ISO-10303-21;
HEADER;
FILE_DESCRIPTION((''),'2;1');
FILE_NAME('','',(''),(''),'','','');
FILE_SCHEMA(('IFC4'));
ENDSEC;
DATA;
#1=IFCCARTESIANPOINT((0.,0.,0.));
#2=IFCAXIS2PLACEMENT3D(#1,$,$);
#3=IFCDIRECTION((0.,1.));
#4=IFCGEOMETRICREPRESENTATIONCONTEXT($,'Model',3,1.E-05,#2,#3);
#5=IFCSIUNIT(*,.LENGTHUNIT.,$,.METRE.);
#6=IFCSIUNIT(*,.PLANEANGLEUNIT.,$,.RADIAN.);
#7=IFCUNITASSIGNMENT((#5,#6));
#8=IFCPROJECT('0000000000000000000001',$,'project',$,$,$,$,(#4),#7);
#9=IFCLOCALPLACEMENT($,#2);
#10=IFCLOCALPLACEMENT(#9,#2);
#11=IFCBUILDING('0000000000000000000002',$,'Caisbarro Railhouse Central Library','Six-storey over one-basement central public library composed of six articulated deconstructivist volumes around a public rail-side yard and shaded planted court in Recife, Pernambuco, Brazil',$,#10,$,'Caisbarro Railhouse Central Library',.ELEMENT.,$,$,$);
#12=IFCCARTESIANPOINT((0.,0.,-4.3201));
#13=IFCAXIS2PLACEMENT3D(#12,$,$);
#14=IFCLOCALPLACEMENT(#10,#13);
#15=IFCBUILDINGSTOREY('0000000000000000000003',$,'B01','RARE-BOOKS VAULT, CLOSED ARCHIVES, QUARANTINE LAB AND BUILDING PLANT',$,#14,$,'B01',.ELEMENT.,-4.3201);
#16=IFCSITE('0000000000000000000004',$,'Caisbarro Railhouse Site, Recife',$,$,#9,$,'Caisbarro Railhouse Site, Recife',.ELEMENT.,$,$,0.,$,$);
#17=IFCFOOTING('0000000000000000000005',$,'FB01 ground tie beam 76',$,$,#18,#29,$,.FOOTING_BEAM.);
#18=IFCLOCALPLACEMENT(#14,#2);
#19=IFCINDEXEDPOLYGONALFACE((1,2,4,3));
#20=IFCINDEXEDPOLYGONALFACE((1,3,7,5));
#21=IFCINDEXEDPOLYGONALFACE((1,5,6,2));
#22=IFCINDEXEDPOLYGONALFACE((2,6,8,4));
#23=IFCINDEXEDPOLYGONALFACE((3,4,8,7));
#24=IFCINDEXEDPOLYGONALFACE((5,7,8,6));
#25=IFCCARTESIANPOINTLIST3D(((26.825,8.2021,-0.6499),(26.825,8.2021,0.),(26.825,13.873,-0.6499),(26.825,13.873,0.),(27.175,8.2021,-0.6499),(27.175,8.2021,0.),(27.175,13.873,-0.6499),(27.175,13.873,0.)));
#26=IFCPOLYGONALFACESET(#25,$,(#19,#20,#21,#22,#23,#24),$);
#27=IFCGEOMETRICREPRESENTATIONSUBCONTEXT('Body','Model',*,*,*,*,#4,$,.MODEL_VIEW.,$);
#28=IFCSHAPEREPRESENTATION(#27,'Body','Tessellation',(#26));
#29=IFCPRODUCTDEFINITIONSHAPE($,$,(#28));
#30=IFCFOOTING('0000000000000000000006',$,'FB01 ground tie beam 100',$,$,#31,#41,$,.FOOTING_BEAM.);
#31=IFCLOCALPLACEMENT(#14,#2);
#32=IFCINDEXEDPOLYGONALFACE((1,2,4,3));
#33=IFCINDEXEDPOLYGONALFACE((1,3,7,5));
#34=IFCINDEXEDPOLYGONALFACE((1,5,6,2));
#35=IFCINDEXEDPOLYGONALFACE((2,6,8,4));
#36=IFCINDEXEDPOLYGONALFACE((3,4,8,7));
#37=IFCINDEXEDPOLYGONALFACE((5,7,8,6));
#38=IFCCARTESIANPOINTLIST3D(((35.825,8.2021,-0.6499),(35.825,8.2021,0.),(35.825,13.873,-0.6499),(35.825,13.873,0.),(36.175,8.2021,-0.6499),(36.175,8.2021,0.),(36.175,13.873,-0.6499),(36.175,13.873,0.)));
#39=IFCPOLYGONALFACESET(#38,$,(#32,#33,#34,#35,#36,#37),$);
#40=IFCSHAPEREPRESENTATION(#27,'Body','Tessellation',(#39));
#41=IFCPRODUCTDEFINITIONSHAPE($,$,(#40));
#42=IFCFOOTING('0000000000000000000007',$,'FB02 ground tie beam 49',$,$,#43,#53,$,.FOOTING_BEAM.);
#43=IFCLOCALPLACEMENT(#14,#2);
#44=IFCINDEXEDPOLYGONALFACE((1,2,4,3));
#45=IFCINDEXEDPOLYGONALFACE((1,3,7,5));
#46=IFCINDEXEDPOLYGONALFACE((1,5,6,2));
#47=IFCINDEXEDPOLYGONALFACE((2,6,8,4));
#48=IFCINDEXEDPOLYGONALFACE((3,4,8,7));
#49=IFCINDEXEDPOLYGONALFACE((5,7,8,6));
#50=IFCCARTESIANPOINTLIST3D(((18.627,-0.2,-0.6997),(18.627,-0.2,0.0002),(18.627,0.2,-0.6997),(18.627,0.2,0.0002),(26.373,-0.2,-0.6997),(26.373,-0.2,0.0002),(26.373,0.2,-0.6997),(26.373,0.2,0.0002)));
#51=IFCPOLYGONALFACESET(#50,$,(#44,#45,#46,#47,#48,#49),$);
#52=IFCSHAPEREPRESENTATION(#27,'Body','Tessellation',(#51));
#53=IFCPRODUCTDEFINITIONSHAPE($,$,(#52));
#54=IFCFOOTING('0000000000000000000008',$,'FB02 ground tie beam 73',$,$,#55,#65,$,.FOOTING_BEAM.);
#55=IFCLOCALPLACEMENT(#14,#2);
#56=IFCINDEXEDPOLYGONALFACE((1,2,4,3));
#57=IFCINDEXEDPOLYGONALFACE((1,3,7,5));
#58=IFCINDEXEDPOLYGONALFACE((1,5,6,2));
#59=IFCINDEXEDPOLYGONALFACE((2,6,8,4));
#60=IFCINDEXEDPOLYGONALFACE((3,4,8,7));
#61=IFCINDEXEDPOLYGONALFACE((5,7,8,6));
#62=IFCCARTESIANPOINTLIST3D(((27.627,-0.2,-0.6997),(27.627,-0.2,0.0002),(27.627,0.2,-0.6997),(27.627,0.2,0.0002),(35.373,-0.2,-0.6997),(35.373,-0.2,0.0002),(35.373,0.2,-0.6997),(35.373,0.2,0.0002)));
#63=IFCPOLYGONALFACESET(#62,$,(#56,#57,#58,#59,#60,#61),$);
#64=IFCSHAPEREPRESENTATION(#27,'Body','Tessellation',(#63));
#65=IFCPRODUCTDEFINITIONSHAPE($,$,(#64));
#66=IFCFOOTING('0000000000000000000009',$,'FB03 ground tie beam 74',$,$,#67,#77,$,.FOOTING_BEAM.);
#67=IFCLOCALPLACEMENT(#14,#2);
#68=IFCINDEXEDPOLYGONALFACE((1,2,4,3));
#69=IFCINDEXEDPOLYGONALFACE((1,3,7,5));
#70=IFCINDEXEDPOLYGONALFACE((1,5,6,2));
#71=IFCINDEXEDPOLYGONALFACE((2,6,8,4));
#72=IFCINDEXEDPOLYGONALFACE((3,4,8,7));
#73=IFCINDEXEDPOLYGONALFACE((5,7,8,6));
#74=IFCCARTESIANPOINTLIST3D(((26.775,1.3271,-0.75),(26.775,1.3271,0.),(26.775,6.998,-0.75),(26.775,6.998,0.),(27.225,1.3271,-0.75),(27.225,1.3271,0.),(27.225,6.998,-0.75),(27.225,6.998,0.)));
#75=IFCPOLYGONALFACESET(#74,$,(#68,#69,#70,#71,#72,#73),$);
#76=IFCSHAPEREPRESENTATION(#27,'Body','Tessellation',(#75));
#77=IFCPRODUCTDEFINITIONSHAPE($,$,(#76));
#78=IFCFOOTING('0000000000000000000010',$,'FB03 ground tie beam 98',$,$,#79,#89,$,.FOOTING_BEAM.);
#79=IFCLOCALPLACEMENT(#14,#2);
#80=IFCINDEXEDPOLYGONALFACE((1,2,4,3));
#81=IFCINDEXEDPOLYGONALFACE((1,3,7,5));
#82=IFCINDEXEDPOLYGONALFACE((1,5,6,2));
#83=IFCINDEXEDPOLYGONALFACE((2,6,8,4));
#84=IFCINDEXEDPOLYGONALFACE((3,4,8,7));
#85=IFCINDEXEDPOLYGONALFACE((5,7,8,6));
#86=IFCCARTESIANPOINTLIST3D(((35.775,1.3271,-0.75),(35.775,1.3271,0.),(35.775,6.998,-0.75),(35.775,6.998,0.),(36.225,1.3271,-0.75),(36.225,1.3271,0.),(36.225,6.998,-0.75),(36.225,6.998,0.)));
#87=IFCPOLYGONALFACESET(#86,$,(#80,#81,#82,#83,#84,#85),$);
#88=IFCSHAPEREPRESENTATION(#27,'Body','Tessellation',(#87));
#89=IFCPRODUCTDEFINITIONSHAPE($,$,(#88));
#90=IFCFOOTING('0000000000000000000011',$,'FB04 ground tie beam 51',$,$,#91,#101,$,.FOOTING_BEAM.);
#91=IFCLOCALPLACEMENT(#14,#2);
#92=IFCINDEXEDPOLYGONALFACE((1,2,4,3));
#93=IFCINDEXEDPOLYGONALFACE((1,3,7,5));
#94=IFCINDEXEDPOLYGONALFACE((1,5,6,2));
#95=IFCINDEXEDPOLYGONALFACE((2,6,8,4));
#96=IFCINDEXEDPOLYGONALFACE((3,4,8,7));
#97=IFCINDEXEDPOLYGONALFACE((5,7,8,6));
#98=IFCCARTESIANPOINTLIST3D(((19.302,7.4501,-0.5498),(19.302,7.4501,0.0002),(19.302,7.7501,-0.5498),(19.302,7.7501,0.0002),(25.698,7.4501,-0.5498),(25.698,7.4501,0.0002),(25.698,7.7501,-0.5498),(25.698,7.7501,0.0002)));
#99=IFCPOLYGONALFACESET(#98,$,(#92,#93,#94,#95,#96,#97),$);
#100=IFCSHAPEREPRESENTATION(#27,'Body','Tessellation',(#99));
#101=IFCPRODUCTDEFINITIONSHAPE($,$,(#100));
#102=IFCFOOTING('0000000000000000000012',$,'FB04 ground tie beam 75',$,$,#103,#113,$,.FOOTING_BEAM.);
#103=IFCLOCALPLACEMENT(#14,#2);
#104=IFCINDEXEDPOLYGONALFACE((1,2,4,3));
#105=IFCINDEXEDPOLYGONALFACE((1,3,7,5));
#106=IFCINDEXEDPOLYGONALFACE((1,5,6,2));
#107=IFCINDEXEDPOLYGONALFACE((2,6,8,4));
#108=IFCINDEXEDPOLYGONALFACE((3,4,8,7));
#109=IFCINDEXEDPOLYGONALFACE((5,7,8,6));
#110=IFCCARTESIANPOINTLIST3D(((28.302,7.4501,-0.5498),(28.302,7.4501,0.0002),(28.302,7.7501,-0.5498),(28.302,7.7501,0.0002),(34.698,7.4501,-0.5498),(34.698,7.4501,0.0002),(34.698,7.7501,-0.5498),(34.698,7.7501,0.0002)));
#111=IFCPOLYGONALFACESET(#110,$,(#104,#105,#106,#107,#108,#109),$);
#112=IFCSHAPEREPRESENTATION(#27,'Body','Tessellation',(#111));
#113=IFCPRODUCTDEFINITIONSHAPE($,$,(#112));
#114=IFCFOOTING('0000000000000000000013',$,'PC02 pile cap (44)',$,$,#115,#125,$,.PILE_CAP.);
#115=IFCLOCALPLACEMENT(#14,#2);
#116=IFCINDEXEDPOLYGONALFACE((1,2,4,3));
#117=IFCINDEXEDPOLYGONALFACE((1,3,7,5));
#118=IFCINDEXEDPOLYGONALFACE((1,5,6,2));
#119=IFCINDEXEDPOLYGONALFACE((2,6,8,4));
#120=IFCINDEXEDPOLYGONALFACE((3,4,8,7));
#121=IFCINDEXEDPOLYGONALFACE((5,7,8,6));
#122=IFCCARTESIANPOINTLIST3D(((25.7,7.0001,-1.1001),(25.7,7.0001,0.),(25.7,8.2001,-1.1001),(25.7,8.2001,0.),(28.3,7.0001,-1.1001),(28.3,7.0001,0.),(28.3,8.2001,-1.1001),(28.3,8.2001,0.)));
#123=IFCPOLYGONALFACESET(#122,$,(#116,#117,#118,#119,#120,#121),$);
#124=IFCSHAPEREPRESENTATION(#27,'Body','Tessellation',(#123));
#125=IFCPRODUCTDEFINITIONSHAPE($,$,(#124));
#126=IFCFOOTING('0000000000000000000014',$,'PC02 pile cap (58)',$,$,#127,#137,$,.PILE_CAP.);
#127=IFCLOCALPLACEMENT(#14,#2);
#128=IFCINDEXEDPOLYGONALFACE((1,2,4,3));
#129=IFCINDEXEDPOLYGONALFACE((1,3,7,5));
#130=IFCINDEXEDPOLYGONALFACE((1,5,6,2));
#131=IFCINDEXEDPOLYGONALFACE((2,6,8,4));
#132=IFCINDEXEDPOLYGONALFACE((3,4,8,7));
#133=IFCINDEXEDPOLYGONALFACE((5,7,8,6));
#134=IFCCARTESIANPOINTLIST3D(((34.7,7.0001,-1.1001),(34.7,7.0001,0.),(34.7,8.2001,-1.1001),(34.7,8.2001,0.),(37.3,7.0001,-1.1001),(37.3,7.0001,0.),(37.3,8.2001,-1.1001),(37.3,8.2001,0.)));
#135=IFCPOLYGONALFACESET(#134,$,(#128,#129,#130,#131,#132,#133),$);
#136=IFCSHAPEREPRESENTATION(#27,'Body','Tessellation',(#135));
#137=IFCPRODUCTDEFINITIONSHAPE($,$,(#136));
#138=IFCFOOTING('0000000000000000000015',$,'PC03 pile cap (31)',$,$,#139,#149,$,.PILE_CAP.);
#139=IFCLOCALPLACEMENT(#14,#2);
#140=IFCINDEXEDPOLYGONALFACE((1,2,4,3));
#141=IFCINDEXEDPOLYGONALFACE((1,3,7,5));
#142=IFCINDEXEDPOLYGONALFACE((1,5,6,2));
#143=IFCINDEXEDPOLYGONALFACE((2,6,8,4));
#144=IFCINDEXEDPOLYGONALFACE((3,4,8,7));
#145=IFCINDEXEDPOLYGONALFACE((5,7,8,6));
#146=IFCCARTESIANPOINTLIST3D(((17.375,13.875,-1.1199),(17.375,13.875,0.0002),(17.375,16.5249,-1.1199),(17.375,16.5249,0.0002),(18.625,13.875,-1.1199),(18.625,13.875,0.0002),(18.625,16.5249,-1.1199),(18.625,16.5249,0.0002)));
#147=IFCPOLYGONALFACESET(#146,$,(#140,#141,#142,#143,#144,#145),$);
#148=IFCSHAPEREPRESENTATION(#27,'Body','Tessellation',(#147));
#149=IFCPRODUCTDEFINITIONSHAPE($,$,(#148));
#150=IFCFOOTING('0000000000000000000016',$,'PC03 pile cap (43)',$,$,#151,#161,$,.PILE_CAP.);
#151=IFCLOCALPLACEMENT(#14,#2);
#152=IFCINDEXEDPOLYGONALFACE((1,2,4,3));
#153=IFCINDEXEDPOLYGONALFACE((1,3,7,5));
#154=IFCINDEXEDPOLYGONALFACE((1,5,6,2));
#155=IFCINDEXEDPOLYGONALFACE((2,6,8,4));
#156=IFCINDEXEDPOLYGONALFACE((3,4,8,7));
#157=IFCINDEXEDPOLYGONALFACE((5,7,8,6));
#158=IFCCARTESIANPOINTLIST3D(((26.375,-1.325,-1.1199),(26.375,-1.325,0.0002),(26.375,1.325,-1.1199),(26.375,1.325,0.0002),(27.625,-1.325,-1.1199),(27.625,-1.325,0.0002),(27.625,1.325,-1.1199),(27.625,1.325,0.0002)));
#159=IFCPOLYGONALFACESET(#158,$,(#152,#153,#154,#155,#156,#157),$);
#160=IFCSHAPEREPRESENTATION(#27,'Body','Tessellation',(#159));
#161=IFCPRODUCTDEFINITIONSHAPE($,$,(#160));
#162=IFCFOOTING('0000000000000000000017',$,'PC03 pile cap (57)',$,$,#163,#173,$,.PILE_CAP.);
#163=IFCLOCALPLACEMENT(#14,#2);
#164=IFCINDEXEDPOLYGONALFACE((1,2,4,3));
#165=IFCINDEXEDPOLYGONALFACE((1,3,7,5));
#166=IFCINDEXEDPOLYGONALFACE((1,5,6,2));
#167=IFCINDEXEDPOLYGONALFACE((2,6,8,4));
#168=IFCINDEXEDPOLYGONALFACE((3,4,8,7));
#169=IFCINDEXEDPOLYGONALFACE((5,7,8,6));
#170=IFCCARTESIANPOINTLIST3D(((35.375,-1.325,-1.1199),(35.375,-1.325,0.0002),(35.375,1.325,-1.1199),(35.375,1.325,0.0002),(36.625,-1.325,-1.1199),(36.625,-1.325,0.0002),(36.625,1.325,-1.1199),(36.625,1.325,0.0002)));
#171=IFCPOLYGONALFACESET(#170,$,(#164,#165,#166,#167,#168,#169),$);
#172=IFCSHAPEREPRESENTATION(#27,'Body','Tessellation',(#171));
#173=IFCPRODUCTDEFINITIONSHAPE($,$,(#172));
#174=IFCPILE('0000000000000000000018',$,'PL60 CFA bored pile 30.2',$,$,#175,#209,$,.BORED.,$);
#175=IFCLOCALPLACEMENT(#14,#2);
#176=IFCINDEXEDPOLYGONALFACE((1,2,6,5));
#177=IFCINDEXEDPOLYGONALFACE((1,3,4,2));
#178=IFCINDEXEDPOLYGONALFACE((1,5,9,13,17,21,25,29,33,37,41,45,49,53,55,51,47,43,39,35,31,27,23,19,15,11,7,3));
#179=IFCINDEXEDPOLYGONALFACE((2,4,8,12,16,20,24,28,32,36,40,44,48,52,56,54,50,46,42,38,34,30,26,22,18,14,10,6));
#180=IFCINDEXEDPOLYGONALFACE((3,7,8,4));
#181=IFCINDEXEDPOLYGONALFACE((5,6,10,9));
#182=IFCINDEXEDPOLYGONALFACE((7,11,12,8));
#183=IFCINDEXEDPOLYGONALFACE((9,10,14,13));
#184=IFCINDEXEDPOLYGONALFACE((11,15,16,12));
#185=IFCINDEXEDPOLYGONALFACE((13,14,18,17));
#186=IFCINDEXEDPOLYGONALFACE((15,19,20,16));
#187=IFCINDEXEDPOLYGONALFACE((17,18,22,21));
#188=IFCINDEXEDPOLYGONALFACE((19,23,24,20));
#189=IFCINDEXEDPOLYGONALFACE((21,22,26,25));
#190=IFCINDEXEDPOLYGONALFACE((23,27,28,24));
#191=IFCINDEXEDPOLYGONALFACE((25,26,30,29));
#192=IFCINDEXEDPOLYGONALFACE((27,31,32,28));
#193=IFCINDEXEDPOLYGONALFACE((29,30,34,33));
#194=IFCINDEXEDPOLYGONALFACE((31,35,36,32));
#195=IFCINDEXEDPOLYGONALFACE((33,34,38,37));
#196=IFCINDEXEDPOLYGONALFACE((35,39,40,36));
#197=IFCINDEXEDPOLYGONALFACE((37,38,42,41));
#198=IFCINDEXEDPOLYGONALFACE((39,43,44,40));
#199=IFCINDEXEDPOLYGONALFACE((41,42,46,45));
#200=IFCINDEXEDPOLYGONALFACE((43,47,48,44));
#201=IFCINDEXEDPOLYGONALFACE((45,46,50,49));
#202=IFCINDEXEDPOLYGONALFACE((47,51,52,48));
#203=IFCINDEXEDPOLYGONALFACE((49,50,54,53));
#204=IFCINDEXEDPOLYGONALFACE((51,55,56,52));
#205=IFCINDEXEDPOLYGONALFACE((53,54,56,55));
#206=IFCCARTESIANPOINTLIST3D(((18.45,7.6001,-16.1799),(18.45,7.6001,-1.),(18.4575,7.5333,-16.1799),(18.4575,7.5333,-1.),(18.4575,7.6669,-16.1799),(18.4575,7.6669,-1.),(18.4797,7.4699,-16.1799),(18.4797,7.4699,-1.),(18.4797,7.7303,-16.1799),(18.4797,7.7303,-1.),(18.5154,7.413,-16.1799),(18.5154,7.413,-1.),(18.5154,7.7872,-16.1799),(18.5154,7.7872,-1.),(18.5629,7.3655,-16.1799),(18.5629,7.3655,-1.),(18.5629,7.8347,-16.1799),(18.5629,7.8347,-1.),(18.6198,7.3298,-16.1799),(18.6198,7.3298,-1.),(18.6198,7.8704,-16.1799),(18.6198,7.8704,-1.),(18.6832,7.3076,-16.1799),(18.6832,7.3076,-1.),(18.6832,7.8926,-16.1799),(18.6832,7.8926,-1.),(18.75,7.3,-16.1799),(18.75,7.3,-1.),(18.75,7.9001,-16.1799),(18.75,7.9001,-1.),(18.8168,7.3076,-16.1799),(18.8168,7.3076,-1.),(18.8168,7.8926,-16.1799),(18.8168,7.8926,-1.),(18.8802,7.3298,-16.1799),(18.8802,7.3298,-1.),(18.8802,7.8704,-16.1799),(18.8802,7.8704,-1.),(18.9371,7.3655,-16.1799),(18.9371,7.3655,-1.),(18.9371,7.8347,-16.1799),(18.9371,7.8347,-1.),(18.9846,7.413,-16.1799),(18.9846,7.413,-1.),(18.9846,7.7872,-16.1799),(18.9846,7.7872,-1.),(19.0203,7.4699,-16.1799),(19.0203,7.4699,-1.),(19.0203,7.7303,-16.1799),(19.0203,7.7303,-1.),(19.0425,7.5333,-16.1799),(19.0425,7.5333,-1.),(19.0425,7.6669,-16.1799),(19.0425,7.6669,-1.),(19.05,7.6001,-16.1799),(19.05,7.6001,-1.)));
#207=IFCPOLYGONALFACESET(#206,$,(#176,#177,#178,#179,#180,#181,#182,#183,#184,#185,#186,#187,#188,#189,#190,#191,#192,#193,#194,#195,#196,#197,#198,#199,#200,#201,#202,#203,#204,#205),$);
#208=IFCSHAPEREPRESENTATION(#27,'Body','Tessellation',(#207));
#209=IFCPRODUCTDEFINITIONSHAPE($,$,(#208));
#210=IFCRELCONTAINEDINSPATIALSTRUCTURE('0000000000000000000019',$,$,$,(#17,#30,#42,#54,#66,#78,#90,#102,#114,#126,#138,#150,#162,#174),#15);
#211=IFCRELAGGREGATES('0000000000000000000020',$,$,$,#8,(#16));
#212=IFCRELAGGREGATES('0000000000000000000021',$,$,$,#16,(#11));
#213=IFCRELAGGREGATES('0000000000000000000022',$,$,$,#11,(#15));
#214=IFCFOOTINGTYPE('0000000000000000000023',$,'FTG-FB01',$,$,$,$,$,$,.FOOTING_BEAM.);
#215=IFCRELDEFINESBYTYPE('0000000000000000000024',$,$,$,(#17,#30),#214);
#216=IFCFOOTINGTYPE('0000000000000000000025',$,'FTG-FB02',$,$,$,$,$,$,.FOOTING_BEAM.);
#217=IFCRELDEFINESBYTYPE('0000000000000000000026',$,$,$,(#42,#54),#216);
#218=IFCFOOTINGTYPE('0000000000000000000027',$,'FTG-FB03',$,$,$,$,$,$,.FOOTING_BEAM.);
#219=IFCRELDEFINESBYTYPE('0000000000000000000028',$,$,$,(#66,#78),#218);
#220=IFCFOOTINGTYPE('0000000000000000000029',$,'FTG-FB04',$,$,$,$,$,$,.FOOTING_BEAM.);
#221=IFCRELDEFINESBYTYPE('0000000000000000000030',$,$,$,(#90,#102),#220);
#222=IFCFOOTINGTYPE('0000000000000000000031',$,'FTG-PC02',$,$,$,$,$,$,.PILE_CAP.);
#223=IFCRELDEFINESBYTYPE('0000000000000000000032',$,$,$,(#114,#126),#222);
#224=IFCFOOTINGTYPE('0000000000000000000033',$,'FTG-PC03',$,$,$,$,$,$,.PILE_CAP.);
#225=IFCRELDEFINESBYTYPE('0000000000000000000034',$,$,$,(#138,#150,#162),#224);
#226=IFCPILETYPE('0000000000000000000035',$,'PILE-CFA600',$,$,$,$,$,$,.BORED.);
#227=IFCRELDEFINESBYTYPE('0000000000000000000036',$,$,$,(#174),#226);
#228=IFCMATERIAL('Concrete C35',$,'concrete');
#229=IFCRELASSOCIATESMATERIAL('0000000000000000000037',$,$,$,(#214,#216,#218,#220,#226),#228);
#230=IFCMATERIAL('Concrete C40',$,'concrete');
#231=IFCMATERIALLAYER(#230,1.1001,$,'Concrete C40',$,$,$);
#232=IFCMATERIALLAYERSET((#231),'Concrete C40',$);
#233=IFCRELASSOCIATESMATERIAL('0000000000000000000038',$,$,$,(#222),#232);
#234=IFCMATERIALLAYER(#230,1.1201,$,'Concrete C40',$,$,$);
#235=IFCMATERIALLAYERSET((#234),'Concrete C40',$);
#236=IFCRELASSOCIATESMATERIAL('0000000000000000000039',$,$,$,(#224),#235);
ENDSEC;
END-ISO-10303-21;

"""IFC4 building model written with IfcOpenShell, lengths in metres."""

from ifc_helpers import new_model, si_unit, direction, frame, origin, origin_2d, place, context, subcontext, project, spatial, rectangle, circle, extrude, material, layer, layer_set, material_profile, profile_set, type_object, element, save


model = new_model("IFC4")

# Units and contexts
model_context = context("Model", 3, precision=1e-05, world=origin(), true_north=direction((0.0, 1.0)))
body_context = subcontext(model_context, "Body", "Model", "MODEL_VIEW")
ifc_project = project(units=[si_unit("LENGTHUNIT", "METRE"), si_unit("PLANEANGLEUNIT", "RADIAN")], contexts=[model_context])

# Site, building, storey
site_placement = place(None, origin())
site = spatial("IfcSite", under=ifc_project, at=site_placement, Name="Caisbarro Railhouse Site, Recife", LongName="Caisbarro Railhouse Site, Recife", CompositionType="ELEMENT", RefElevation=0.0)
building_placement = place(site_placement, origin())
building = spatial("IfcBuilding", under=site, at=building_placement, Name="Caisbarro Railhouse Central Library", Description="Six-storey over one-basement central public library composed of six articulated deconstructivist volumes around a public rail-side yard and shaded planted court in Recife, Pernambuco, Brazil", LongName="Caisbarro Railhouse Central Library", CompositionType="ELEMENT")
storey_placement = place(building_placement, frame((0.0, 0.0, -4.3201)))
storey = spatial("IfcBuildingStorey", under=building, at=storey_placement, Name="B01", Description="RARE-BOOKS VAULT, CLOSED ARCHIVES, QUARANTINE LAB AND BUILDING PLANT", LongName="B01", CompositionType="ELEMENT", Elevation=-4.3201)

# Footings
ifc_material_1 = material(Name="Concrete C35", Category="concrete")
footing_type_1 = type_object("IfcFootingType", Name="FTG-FB01", PredefinedType="FOOTING_BEAM", material=ifc_material_1)
for number, where, z_axis, x_axis, name in (
    (1, (27.0, 11.0376, -0.6499), (0.0, 0.0, 1.0), (0.0, 1.0, 0.0), "FB01 ground tie beam 76"),
    (2, (36.0, 11.0376, -0.6499), (0.0, 0.0, 1.0), (0.0, 1.0, 0.0), "FB01 ground tie beam 100"),
):
    element("IfcFooting", number, at=place(storey_placement, frame(where, z_axis=z_axis, x_axis=x_axis)), inside=storey, type_object=footing_type_1, Name=name, PredefinedType="FOOTING_BEAM", context=body_context, shape_type="SweptSolid", body=[
        extrude(rectangle(XDim=5.6709, YDim=0.3501, at=origin_2d()), origin(), (0.0, 0.0, 1.0), 0.6499),
    ])
footing_type_2 = type_object("IfcFootingType", Name="FTG-FB02", PredefinedType="FOOTING_BEAM", material=ifc_material_1)
for number, where, z_axis, x_axis, name in (
    (3, (22.5, 0.0, -0.6997), (0.0, 0.0, 1.0), (1.0, 0.0, 0.0), "FB02 ground tie beam 49"),
    (4, (31.5, 0.0, -0.6997), (0.0, 0.0, 1.0), (1.0, 0.0, 0.0), "FB02 ground tie beam 73"),
):
    element("IfcFooting", number, at=place(storey_placement, frame(where, z_axis=z_axis, x_axis=x_axis)), inside=storey, type_object=footing_type_2, Name=name, PredefinedType="FOOTING_BEAM", context=body_context, shape_type="SweptSolid", body=[
        extrude(rectangle(XDim=7.7461, YDim=0.3999, at=origin_2d()), origin(), (0.0, 0.0, 1.0), 0.7),
    ])
footing_type_3 = type_object("IfcFootingType", Name="FTG-FB03", PredefinedType="FOOTING_BEAM", material=ifc_material_1)
for number, where, z_axis, x_axis, name in (
    (5, (27.0, 4.1626, -0.75), (0.0, 0.0, 1.0), (0.0, 1.0, 0.0), "FB03 ground tie beam 74"),
    (6, (36.0, 4.1626, -0.75), (0.0, 0.0, 1.0), (0.0, 1.0, 0.0), "FB03 ground tie beam 98"),
):
    element("IfcFooting", number, at=place(storey_placement, frame(where, z_axis=z_axis, x_axis=x_axis)), inside=storey, type_object=footing_type_3, Name=name, PredefinedType="FOOTING_BEAM", context=body_context, shape_type="SweptSolid", body=[
        extrude(rectangle(XDim=5.6709, YDim=0.45, at=origin_2d()), origin(), (0.0, 0.0, 1.0), 0.75),
    ])
footing_type_4 = type_object("IfcFootingType", Name="FTG-FB04", PredefinedType="FOOTING_BEAM", material=ifc_material_1)
for number, where, z_axis, x_axis, name in (
    (7, (22.5, 7.6001, -0.5498), (0.0, 0.0, 1.0), (1.0, 0.0, 0.0), "FB04 ground tie beam 51"),
    (8, (31.5, 7.6001, -0.5498), (0.0, 0.0, 1.0), (1.0, 0.0, 0.0), "FB04 ground tie beam 75"),
):
    element("IfcFooting", number, at=place(storey_placement, frame(where, z_axis=z_axis, x_axis=x_axis)), inside=storey, type_object=footing_type_4, Name=name, PredefinedType="FOOTING_BEAM", context=body_context, shape_type="SweptSolid", body=[
        extrude(rectangle(XDim=6.396, YDim=0.3, at=origin_2d()), origin(), (0.0, 0.0, 1.0), 0.55),
    ])
ifc_material_2 = material(Name="Concrete C40", Category="concrete")
ifc_layer_1 = layer(ifc_material_2, 1.1001, Name="Concrete C40")
ifc_layer_set_1 = layer_set([ifc_layer_1], Name="Concrete C40")
footing_type_5 = type_object("IfcFootingType", Name="FTG-PC02", PredefinedType="PILE_CAP", material=ifc_layer_set_1)
for number, where, z_axis, x_axis, name in (
    (9, (27.0, 7.6001, -1.1001), (0.0, 0.0, 1.0), (1.0, 0.0, 0.0), "PC02 pile cap (44)"),
    (10, (36.0, 7.6001, -1.1001), (0.0, 0.0, 1.0), (1.0, 0.0, 0.0), "PC02 pile cap (58)"),
):
    element("IfcFooting", number, at=place(storey_placement, frame(where, z_axis=z_axis, x_axis=x_axis)), inside=storey, type_object=footing_type_5, Name=name, PredefinedType="PILE_CAP", context=body_context, shape_type="SweptSolid", body=[
        extrude(rectangle(XDim=2.6001, YDim=1.2, at=origin_2d()), origin(), (0.0, 0.0, 1.0), 1.1001),
    ])
ifc_layer_2 = layer(ifc_material_2, 1.1201, Name="Concrete C40")
ifc_layer_set_2 = layer_set([ifc_layer_2], Name="Concrete C40")
footing_type_6 = type_object("IfcFootingType", Name="FTG-PC03", PredefinedType="PILE_CAP", material=ifc_layer_set_2)
for number, where, z_axis, x_axis, name in (
    (11, (18.0, 15.2, -1.1199), (0.0, 0.0, 1.0), (1.0, 0.0, 0.0), "PC03 pile cap (31)"),
    (12, (27.0, 0.0, -1.1199), (0.0, 0.0, 1.0), (1.0, 0.0, 0.0), "PC03 pile cap (43)"),
    (13, (36.0, 0.0, -1.1199), (0.0, 0.0, 1.0), (1.0, 0.0, 0.0), "PC03 pile cap (57)"),
):
    element("IfcFooting", number, at=place(storey_placement, frame(where, z_axis=z_axis, x_axis=x_axis)), inside=storey, type_object=footing_type_6, Name=name, PredefinedType="PILE_CAP", context=body_context, shape_type="SweptSolid", body=[
        extrude(rectangle(XDim=1.25, YDim=2.6499, at=origin_2d()), origin(), (0.0, 0.0, 1.0), 1.1201),
    ])

# Pile
ifc_material_profile_1 = material_profile(ifc_material_1, circle(Radius=0.3, at=origin_2d()), Name="PILE-CFA-600")
ifc_profile_set_1 = profile_set([ifc_material_profile_1], Name="Concrete C35")
pile_type = type_object("IfcPileType", Name="PILE-CFA600", PredefinedType="BORED", material=ifc_profile_set_1)
pile_1_placement = place(storey_placement, frame((18.75, 7.6001, -1.0), z_axis=(0.0, 0.0, -1.0), x_axis=(1.0, 0.0, 0.0)))
element("IfcPile", 14, at=pile_1_placement, inside=storey, type_object=pile_type, Name="PL60 CFA bored pile 30.2", PredefinedType="BORED", context=body_context, shape_type="SweptSolid", body=[
    extrude(circle(Radius=0.3, at=origin_2d()), origin(), (0.0, 0.0, 1.0), 15.1799),
])

save(model, "model.ifc")
